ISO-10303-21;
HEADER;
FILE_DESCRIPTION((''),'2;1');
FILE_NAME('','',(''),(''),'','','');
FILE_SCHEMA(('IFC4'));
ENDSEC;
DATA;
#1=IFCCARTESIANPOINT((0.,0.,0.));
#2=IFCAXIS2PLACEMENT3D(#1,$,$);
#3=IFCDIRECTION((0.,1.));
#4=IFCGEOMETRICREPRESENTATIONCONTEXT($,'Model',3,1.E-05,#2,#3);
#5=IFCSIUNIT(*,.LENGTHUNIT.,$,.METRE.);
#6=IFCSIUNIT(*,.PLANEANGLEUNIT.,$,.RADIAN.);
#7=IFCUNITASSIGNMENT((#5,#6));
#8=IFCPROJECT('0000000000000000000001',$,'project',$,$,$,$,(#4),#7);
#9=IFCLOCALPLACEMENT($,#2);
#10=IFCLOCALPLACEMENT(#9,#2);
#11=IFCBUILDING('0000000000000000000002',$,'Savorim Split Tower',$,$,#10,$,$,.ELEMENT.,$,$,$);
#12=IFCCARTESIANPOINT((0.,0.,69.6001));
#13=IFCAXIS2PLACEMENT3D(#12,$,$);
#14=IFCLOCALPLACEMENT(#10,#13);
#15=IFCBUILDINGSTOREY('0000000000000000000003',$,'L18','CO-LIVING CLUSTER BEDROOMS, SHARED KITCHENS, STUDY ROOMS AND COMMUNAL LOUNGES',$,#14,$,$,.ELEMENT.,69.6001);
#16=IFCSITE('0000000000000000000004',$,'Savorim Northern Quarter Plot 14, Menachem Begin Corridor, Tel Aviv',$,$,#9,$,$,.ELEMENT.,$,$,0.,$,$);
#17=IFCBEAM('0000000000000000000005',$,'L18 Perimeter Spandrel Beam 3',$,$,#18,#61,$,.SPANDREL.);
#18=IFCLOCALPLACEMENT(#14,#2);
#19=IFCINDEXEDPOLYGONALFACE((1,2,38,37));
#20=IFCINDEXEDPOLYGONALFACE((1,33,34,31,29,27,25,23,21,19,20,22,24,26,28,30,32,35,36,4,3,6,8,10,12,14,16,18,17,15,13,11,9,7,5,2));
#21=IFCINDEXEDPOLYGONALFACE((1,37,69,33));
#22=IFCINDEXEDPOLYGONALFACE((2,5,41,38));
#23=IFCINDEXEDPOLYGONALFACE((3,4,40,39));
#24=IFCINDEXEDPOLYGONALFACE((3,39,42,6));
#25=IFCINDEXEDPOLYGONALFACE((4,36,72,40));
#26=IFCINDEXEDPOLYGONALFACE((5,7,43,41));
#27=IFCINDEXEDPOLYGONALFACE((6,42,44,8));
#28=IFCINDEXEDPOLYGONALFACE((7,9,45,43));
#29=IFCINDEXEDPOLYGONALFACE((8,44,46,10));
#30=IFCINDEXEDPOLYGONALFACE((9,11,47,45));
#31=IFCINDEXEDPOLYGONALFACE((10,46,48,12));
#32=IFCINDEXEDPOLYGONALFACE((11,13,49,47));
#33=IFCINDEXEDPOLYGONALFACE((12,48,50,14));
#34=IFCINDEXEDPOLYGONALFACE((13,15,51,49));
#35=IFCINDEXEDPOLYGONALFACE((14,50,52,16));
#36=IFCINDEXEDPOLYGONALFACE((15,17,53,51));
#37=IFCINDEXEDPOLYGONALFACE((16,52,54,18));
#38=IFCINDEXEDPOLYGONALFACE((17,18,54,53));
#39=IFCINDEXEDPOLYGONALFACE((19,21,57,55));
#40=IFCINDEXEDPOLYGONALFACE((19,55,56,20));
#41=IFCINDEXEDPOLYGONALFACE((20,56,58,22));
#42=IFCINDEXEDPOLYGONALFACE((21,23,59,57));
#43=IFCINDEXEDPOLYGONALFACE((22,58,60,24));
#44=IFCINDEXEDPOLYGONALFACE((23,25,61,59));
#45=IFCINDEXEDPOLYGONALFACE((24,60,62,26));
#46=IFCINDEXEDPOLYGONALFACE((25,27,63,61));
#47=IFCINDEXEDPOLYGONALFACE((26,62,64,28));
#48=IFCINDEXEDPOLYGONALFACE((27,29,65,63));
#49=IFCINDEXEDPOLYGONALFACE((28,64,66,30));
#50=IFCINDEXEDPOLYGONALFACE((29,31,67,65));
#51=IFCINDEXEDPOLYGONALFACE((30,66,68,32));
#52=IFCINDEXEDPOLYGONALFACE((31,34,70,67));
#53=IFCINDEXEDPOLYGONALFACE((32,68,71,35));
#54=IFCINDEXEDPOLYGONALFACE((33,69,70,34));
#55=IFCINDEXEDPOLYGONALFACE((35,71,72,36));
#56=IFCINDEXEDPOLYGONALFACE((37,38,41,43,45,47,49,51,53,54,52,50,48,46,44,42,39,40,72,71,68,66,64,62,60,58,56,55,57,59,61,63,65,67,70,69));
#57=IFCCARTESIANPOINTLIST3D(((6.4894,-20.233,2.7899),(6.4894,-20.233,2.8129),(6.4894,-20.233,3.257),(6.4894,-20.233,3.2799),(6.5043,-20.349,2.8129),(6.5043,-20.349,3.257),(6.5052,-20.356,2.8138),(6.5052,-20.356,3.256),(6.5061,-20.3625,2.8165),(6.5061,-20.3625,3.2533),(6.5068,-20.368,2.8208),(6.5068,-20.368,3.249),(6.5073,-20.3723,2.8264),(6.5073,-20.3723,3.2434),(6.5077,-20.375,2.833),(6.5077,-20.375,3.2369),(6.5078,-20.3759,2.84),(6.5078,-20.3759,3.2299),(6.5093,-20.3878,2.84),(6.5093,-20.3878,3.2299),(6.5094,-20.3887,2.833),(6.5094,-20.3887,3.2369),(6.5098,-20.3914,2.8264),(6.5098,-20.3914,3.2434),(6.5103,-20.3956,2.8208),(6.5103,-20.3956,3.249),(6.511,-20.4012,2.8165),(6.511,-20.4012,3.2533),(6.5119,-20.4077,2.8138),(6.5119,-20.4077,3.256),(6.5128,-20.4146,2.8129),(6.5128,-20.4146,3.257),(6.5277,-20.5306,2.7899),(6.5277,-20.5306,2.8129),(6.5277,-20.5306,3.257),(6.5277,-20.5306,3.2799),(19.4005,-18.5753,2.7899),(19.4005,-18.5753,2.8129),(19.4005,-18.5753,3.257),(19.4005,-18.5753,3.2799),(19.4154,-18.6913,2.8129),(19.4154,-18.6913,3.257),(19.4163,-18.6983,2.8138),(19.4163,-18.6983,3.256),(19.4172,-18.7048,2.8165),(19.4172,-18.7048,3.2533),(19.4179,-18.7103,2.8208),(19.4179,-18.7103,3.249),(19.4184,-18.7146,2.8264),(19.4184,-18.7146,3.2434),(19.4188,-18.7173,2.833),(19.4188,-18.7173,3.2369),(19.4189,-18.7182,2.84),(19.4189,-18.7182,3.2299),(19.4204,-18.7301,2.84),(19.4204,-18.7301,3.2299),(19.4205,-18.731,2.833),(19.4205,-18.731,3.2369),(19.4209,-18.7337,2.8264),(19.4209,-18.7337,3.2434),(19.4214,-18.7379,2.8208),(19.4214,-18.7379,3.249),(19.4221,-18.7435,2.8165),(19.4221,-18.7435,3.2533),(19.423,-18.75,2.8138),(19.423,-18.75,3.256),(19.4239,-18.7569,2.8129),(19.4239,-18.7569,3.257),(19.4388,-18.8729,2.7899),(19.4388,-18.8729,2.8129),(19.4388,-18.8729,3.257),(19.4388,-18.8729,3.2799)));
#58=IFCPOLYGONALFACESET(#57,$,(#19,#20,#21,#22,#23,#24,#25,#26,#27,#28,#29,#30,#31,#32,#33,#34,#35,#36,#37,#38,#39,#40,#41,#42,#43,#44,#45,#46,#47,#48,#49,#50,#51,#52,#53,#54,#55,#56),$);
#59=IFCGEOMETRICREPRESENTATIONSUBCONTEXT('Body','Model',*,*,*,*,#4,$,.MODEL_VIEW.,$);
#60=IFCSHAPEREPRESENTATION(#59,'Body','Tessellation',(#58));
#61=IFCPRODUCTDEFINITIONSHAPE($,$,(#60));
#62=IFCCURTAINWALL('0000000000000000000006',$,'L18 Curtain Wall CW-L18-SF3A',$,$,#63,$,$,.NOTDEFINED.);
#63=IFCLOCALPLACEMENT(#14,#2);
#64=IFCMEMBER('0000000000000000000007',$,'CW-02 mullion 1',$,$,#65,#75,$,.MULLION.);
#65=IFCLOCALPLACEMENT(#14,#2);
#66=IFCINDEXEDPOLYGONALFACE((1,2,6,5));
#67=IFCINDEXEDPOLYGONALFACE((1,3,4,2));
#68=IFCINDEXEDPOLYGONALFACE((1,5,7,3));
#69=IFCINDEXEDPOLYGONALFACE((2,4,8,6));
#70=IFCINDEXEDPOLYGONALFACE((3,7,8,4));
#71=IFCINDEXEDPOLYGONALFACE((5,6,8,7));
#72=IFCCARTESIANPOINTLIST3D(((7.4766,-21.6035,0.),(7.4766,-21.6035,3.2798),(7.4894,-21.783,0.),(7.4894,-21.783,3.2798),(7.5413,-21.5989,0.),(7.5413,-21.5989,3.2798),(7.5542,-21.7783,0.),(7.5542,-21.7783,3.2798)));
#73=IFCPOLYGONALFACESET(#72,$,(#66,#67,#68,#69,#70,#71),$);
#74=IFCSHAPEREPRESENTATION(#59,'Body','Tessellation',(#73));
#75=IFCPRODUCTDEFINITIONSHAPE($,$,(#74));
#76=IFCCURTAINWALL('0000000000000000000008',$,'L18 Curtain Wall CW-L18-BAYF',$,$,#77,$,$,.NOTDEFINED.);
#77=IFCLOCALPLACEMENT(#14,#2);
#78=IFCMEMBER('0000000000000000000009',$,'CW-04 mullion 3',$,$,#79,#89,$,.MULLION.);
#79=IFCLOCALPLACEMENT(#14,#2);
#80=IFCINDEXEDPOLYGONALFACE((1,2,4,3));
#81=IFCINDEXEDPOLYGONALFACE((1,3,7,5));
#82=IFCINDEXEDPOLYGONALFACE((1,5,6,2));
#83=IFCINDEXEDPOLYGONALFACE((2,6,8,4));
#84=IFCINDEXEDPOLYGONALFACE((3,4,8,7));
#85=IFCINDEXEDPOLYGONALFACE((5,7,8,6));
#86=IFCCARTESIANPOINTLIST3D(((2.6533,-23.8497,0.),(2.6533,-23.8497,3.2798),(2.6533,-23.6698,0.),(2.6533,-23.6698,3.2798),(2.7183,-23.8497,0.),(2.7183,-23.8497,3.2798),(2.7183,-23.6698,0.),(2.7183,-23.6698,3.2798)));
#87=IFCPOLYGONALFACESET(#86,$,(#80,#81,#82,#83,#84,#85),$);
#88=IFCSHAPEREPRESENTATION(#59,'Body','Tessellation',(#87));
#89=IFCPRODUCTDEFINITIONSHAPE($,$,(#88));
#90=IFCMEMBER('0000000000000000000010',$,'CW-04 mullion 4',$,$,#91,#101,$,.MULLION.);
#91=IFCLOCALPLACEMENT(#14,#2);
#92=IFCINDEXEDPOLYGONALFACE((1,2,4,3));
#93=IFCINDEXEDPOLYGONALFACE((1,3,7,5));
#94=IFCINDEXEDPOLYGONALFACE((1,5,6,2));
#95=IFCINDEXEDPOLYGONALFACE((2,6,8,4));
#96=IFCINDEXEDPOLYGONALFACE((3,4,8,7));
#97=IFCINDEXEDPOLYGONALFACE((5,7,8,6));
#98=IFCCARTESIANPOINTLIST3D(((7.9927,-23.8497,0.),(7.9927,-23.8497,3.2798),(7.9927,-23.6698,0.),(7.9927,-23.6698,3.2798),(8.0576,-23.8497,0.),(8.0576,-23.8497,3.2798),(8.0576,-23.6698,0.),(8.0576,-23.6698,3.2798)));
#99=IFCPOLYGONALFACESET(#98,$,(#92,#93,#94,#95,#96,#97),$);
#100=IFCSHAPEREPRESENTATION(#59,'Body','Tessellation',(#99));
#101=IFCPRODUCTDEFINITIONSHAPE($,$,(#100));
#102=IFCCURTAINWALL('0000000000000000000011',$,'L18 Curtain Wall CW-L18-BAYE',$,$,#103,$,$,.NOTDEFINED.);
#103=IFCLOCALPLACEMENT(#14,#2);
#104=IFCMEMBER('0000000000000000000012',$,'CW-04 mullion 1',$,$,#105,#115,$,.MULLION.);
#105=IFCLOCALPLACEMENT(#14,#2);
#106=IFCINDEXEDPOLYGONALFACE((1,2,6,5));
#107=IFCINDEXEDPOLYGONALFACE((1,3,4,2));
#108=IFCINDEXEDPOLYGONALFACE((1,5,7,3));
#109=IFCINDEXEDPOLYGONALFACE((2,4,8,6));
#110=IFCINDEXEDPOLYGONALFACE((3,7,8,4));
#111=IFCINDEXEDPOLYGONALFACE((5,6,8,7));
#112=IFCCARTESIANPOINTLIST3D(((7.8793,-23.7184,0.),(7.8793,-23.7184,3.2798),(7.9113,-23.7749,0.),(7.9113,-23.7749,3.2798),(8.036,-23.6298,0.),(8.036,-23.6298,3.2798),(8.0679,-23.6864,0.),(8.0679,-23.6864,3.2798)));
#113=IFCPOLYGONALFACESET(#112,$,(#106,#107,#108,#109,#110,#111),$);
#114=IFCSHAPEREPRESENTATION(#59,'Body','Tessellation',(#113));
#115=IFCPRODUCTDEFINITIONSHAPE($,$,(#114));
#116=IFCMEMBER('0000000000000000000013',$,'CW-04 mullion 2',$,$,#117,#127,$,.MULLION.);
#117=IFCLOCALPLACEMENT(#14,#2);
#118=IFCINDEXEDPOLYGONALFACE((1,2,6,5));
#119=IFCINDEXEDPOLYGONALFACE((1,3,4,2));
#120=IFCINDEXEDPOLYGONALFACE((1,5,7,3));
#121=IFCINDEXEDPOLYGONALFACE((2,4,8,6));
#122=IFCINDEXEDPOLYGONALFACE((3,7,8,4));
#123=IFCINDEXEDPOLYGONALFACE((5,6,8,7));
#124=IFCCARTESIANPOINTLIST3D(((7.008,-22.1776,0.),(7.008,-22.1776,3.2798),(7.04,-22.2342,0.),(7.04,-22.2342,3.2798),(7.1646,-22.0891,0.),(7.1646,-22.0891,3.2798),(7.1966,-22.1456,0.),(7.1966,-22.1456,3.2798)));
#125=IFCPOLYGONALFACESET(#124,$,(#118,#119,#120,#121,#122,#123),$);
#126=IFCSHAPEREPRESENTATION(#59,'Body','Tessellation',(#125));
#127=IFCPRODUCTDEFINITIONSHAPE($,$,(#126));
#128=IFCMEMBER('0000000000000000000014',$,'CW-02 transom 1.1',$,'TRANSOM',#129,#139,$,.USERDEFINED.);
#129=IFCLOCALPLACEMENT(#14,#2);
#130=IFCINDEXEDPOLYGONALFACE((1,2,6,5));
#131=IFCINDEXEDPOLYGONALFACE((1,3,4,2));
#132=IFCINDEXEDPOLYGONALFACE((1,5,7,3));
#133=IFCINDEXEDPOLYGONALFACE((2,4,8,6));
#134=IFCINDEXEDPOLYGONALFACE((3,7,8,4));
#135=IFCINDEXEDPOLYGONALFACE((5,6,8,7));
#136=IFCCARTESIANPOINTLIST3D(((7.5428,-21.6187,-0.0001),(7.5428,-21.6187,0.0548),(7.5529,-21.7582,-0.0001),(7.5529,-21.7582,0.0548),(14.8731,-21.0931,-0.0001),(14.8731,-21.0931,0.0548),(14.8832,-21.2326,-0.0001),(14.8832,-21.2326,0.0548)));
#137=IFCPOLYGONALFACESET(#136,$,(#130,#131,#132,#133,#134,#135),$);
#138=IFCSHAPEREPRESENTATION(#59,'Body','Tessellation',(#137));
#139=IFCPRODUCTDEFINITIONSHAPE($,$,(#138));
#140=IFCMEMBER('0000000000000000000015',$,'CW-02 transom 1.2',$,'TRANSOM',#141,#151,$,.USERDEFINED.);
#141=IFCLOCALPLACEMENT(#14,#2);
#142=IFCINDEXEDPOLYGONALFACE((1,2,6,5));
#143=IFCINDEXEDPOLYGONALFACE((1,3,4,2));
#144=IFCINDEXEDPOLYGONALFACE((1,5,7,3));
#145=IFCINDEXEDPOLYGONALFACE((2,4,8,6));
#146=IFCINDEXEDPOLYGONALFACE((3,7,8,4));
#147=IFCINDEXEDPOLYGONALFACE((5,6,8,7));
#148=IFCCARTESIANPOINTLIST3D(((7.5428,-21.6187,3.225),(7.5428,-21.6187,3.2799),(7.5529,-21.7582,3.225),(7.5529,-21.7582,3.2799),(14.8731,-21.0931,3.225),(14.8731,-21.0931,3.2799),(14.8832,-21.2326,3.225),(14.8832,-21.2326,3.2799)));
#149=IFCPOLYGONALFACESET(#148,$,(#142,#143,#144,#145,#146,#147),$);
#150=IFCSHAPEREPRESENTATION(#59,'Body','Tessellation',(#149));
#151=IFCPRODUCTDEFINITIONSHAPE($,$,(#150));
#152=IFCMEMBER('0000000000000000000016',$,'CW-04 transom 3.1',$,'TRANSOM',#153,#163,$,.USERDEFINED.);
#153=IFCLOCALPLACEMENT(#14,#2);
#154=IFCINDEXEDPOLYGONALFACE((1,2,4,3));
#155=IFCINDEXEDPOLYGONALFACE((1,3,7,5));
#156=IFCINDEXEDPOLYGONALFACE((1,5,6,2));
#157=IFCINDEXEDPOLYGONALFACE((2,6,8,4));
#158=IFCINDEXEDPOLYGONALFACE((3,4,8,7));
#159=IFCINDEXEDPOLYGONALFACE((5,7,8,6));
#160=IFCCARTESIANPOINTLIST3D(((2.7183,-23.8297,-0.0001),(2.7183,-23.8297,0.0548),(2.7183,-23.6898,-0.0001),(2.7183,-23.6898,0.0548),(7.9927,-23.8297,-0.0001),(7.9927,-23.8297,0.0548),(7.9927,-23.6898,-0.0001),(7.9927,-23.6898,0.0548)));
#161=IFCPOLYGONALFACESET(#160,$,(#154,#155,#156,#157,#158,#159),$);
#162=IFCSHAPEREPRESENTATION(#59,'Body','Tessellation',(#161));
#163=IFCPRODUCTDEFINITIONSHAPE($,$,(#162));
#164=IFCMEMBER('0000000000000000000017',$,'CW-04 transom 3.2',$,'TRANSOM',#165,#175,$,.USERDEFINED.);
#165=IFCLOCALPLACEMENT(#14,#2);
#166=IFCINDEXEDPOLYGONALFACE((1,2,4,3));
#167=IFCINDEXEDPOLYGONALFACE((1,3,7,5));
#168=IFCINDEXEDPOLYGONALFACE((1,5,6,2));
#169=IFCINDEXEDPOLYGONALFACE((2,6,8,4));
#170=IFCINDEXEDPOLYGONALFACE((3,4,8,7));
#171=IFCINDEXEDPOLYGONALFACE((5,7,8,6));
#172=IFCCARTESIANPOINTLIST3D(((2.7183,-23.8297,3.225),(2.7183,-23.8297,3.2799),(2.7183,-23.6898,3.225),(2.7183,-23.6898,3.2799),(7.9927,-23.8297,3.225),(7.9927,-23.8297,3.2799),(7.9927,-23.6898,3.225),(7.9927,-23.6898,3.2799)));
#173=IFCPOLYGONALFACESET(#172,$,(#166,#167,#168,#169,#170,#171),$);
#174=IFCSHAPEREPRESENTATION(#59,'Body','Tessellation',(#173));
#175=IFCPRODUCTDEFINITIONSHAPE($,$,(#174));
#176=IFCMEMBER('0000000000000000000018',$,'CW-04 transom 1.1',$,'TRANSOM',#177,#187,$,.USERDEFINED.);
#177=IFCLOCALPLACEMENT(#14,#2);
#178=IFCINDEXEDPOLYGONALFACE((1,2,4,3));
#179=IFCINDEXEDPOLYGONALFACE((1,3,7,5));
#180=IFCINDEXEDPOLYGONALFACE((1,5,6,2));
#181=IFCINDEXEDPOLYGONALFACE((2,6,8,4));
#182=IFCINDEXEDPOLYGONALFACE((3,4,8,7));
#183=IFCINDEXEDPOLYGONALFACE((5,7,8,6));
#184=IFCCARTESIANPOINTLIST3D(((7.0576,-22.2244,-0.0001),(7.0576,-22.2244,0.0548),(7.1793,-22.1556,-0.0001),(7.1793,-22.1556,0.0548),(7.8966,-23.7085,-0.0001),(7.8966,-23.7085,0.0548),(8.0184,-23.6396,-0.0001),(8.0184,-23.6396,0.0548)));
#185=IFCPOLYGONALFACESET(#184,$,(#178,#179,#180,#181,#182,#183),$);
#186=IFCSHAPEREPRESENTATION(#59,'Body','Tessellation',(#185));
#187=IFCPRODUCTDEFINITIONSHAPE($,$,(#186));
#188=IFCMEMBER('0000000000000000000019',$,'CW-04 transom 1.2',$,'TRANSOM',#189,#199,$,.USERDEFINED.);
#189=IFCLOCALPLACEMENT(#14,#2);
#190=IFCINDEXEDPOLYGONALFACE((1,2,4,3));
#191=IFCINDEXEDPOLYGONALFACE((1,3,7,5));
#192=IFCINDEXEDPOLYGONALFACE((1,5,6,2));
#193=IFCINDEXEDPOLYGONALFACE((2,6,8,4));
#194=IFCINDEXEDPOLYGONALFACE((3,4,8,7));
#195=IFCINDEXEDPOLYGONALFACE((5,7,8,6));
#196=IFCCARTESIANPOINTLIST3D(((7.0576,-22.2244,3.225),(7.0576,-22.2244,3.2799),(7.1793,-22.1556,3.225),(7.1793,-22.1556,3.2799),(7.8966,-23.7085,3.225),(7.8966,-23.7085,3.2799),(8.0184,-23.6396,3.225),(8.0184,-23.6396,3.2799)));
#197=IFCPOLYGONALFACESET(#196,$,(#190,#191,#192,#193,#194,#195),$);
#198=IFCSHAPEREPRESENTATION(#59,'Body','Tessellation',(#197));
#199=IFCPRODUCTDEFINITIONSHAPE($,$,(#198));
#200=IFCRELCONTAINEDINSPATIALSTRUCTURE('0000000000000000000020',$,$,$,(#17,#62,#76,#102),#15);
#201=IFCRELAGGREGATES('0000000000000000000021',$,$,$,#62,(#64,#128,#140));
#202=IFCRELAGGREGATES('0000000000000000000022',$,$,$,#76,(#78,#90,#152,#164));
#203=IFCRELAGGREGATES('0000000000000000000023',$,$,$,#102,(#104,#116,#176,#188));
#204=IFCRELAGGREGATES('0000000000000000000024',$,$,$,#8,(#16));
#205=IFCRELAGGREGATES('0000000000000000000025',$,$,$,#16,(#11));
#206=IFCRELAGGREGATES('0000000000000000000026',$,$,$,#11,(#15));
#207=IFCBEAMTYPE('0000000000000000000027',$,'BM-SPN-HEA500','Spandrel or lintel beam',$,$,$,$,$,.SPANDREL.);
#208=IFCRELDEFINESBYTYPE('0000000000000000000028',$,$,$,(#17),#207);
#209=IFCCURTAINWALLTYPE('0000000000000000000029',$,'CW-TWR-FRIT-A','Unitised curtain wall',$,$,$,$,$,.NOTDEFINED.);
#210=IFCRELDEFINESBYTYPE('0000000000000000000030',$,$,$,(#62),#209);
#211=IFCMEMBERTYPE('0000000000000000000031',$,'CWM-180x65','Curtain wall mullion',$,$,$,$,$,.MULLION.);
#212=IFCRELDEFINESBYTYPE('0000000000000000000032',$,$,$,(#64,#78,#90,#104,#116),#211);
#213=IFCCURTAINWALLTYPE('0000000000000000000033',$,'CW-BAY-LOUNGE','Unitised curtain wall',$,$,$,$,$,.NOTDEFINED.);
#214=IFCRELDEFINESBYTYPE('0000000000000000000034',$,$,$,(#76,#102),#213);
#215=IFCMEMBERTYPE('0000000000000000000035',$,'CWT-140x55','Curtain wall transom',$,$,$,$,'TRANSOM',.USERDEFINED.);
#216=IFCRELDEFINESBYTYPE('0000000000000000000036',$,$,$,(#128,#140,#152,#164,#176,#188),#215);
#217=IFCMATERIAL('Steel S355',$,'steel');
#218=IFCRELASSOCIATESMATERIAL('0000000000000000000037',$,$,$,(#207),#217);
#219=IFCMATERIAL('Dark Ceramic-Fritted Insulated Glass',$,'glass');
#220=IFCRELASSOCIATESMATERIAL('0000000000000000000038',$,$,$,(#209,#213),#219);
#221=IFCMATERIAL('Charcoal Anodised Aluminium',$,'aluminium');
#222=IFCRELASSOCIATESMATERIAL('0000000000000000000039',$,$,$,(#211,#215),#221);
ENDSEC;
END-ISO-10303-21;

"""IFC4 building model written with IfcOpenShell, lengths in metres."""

from ifc_helpers import new_model, si_unit, direction, frame, origin, origin_2d, place, context, subcontext, project, spatial, rectangle, i_section, extrude, material, material_profile, profile_set, type_object, element, aggregate, save


model = new_model("IFC4")

# Units and contexts
model_context = context("Model", 3, precision=1e-05, world=origin(), true_north=direction((0.0, 1.0)))
body_context = subcontext(model_context, "Body", "Model", "MODEL_VIEW")
ifc_project = project(units=[si_unit("LENGTHUNIT", "METRE"), si_unit("PLANEANGLEUNIT", "RADIAN")], contexts=[model_context])

# Site, building, storey
site_placement = place(None, origin())
site = spatial("IfcSite", under=ifc_project, at=site_placement, Name="Savorim Northern Quarter Plot 14, Menachem Begin Corridor, Tel Aviv", CompositionType="ELEMENT", RefElevation=0.0)
building_placement = place(site_placement, origin())
building = spatial("IfcBuilding", under=site, at=building_placement, Name="Savorim Split Tower", CompositionType="ELEMENT")
storey_placement = place(building_placement, frame((0.0, 0.0, 69.6001)))
storey = spatial("IfcBuildingStorey", under=building, at=storey_placement, Name="L18", Description="CO-LIVING CLUSTER BEDROOMS, SHARED KITCHENS, STUDY ROOMS AND COMMUNAL LOUNGES", CompositionType="ELEMENT", Elevation=69.6001)

# Beam
ifc_material_1 = material(Name="Steel S355", Category="steel")
ifc_material_profile_1 = material_profile(ifc_material_1, i_section(OverallWidth=0.3, OverallDepth=0.49, WebThickness=0.012, FlangeThickness=0.0229, FilletRadius=0.0271, at=origin_2d()), Name="HEA 500")
ifc_profile_set_1 = profile_set([ifc_material_profile_1], Name="Steel S355")
beam_type_1 = type_object("IfcBeamType", Name="BM-SPN-HEA500", Description="Spandrel or lintel beam", PredefinedType="SPANDREL", material=ifc_profile_set_1)
beam_1_placement = place(storey_placement, frame((6.5085, -20.3818, 3.0349), z_axis=(0.991858, 0.127349, 0.0), x_axis=(-0.127349, 0.991858, 0.0)))
element("IfcBeam", 1, at=beam_1_placement, inside=storey, type_object=beam_type_1, Name="L18 Perimeter Spandrel Beam 3", PredefinedType="SPANDREL", context=body_context, shape_type="SweptSolid", body=[
    extrude(i_section(OverallWidth=0.3, OverallDepth=0.49, WebThickness=0.012, FlangeThickness=0.0229, FilletRadius=0.0271, at=origin_2d()), origin(), (0.0, 0.0, 1.0), 13.0171),
])

# Curtain wall, member
ifc_material_2 = material(Name="Dark Ceramic-Fritted Insulated Glass", Category="glass")
curtain_wall_type_1 = type_object("IfcCurtainWallType", Name="CW-TWR-FRIT-A", Description="Unitised curtain wall", PredefinedType="NOTDEFINED", material=ifc_material_2)
curtain_wall_1_placement = place(storey_placement, origin())
curtain_wall_1 = element("IfcCurtainWall", 2, at=curtain_wall_1_placement, inside=storey, type_object=curtain_wall_type_1, Name="L18 Curtain Wall CW-L18-SF3A", PredefinedType="NOTDEFINED")
ifc_material_3 = material(Name="Charcoal Anodised Aluminium", Category="aluminium")
ifc_material_profile_2 = material_profile(ifc_material_3, rectangle(XDim=0.1799, YDim=0.0649, at=origin_2d()), Name="ALU-M 180x65")
ifc_profile_set_2 = profile_set([ifc_material_profile_2], Name="Charcoal Anodised Aluminium")
member_type_1 = type_object("IfcMemberType", Name="CWM-180x65", Description="Curtain wall mullion", PredefinedType="MULLION", material=ifc_profile_set_2)
member_1_placement = place(storey_placement, frame((7.5154, -21.6909, 0.0), z_axis=(0.0, 0.0, 1.0), x_axis=(-0.071546, 0.997437, 0.0)))
member_1 = element("IfcMember", 3, at=member_1_placement, type_object=member_type_1, Name="CW-02 mullion 1", PredefinedType="MULLION", context=body_context, shape_type="SweptSolid", body=[
    extrude(rectangle(XDim=0.1799, YDim=0.0649, at=origin_2d()), origin(), (0.0, 0.0, 1.0), 3.2798),
])

# Curtain walls, members
curtain_wall_type_2 = type_object("IfcCurtainWallType", Name="CW-BAY-LOUNGE", Description="Unitised curtain wall", PredefinedType="NOTDEFINED", material=ifc_material_2)
curtain_wall_2_placement = place(storey_placement, origin())
curtain_wall_2 = element("IfcCurtainWall", 4, at=curtain_wall_2_placement, inside=storey, type_object=curtain_wall_type_2, Name="L18 Curtain Wall CW-L18-BAYF", PredefinedType="NOTDEFINED")
member_2_placement = place(storey_placement, frame((2.6858, -23.7598, 0.0), z_axis=(0.0, 0.0, 1.0), x_axis=(0.0, 1.0, 0.0)))
member_2 = element("IfcMember", 5, at=member_2_placement, type_object=member_type_1, Name="CW-04 mullion 3", PredefinedType="MULLION", context=body_context, shape_type="SweptSolid", body=[
    extrude(rectangle(XDim=0.1799, YDim=0.0649, at=origin_2d()), origin(), (0.0, 0.0, 1.0), 3.2798),
])
member_3_placement = place(storey_placement, frame((8.0251, -23.7598, 0.0), z_axis=(0.0, 0.0, 1.0), x_axis=(0.0, 1.0, 0.0)))
member_3 = element("IfcMember", 6, at=member_3_placement, type_object=member_type_1, Name="CW-04 mullion 4", PredefinedType="MULLION", context=body_context, shape_type="SweptSolid", body=[
    extrude(rectangle(XDim=0.1799, YDim=0.0649, at=origin_2d()), origin(), (0.0, 0.0, 1.0), 3.2798),
])
curtain_wall_3_placement = place(storey_placement, origin())
curtain_wall_3 = element("IfcCurtainWall", 7, at=curtain_wall_3_placement, inside=storey, type_object=curtain_wall_type_2, Name="L18 Curtain Wall CW-L18-BAYE", PredefinedType="NOTDEFINED")
member_4_placement = place(storey_placement, frame((7.9736, -23.7024, 0.0), z_axis=(0.0, 0.0, 1.0), x_axis=(-0.870451, -0.492255, 0.0)))
member_4 = element("IfcMember", 8, at=member_4_placement, type_object=member_type_1, Name="CW-04 mullion 1", PredefinedType="MULLION", context=body_context, shape_type="SweptSolid", body=[
    extrude(rectangle(XDim=0.1799, YDim=0.0649, at=origin_2d()), origin(), (0.0, 0.0, 1.0), 3.2798),
])
member_5_placement = place(storey_placement, frame((7.1023, -22.1616, 0.0), z_axis=(0.0, 0.0, 1.0), x_axis=(-0.870451, -0.492255, 0.0)))
member_5 = element("IfcMember", 9, at=member_5_placement, type_object=member_type_1, Name="CW-04 mullion 2", PredefinedType="MULLION", context=body_context, shape_type="SweptSolid", body=[
    extrude(rectangle(XDim=0.1799, YDim=0.0649, at=origin_2d()), origin(), (0.0, 0.0, 1.0), 3.2798),
])

# Members
ifc_material_profile_3 = material_profile(ifc_material_3, rectangle(XDim=0.1399, YDim=0.0549, at=origin_2d()), Name="ALU-T 140x55")
ifc_profile_set_3 = profile_set([ifc_material_profile_3], Name="Charcoal Anodised Aluminium")
member_type_2 = type_object("IfcMemberType", Name="CWT-140x55", Description="Curtain wall transom", ElementType="TRANSOM", PredefinedType="USERDEFINED", material=ifc_profile_set_3)
member_6_placement = place(storey_placement, frame((7.5479, -21.6885, 0.0273), z_axis=(0.997439, 0.071523, 0.0), x_axis=(-0.071523, 0.997439, 0.0)))
member_6 = element("IfcMember", 10, at=member_6_placement, type_object=member_type_2, Name="CW-02 transom 1.1", ObjectType="TRANSOM", PredefinedType="USERDEFINED", context=body_context, shape_type="SweptSolid", body=[
    extrude(rectangle(XDim=0.1399, YDim=0.0549, at=origin_2d()), origin(), (0.0, 0.0, 1.0), 7.3491),
])
member_7_placement = place(storey_placement, frame((7.5479, -21.6885, 3.2524), z_axis=(0.997439, 0.071523, 0.0), x_axis=(-0.071523, 0.997439, 0.0)))
member_7 = element("IfcMember", 11, at=member_7_placement, type_object=member_type_2, Name="CW-02 transom 1.2", ObjectType="TRANSOM", PredefinedType="USERDEFINED", context=body_context, shape_type="SweptSolid", body=[
    extrude(rectangle(XDim=0.1399, YDim=0.0549, at=origin_2d()), origin(), (0.0, 0.0, 1.0), 7.3491),
])
aggregate(curtain_wall_1, [member_1, member_6, member_7])
member_8_placement = place(storey_placement, frame((2.7183, -23.7598, 0.0273), z_axis=(1.0, 0.0, 0.0), x_axis=(0.0, 1.0, 0.0)))
member_8 = element("IfcMember", 12, at=member_8_placement, type_object=member_type_2, Name="CW-04 transom 3.1", ObjectType="TRANSOM", PredefinedType="USERDEFINED", context=body_context, shape_type="SweptSolid", body=[
    extrude(rectangle(XDim=0.1399, YDim=0.0549, at=origin_2d()), origin(), (0.0, 0.0, 1.0), 5.2744),
])
member_9_placement = place(storey_placement, frame((2.7183, -23.7598, 3.2524), z_axis=(1.0, 0.0, 0.0), x_axis=(0.0, 1.0, 0.0)))
member_9 = element("IfcMember", 13, at=member_9_placement, type_object=member_type_2, Name="CW-04 transom 3.2", ObjectType="TRANSOM", PredefinedType="USERDEFINED", context=body_context, shape_type="SweptSolid", body=[
    extrude(rectangle(XDim=0.1399, YDim=0.0549, at=origin_2d()), origin(), (0.0, 0.0, 1.0), 5.2744),
])
member_10_placement = place(storey_placement, frame((7.9575, -23.6741, 0.0273), z_axis=(-0.49217, 0.870499, 0.0), x_axis=(-0.870499, -0.49217, 0.0)))
member_10 = element("IfcMember", 14, at=member_10_placement, type_object=member_type_2, Name="CW-04 transom 1.1", ObjectType="TRANSOM", PredefinedType="USERDEFINED", context=body_context, shape_type="SweptSolid", body=[
    extrude(rectangle(XDim=0.1399, YDim=0.0549, at=origin_2d()), origin(), (0.0, 0.0, 1.0), 1.7048),
])
member_11_placement = place(storey_placement, frame((7.9575, -23.6741, 3.2524), z_axis=(-0.49217, 0.870499, 0.0), x_axis=(-0.870499, -0.49217, 0.0)))
member_11 = element("IfcMember", 15, at=member_11_placement, type_object=member_type_2, Name="CW-04 transom 1.2", ObjectType="TRANSOM", PredefinedType="USERDEFINED", context=body_context, shape_type="SweptSolid", body=[
    extrude(rectangle(XDim=0.1399, YDim=0.0549, at=origin_2d()), origin(), (0.0, 0.0, 1.0), 1.7048),
])

aggregate(curtain_wall_2, [member_2, member_3, member_8, member_9])
aggregate(curtain_wall_3, [member_4, member_5, member_10, member_11])

save(model, "model.ifc")
